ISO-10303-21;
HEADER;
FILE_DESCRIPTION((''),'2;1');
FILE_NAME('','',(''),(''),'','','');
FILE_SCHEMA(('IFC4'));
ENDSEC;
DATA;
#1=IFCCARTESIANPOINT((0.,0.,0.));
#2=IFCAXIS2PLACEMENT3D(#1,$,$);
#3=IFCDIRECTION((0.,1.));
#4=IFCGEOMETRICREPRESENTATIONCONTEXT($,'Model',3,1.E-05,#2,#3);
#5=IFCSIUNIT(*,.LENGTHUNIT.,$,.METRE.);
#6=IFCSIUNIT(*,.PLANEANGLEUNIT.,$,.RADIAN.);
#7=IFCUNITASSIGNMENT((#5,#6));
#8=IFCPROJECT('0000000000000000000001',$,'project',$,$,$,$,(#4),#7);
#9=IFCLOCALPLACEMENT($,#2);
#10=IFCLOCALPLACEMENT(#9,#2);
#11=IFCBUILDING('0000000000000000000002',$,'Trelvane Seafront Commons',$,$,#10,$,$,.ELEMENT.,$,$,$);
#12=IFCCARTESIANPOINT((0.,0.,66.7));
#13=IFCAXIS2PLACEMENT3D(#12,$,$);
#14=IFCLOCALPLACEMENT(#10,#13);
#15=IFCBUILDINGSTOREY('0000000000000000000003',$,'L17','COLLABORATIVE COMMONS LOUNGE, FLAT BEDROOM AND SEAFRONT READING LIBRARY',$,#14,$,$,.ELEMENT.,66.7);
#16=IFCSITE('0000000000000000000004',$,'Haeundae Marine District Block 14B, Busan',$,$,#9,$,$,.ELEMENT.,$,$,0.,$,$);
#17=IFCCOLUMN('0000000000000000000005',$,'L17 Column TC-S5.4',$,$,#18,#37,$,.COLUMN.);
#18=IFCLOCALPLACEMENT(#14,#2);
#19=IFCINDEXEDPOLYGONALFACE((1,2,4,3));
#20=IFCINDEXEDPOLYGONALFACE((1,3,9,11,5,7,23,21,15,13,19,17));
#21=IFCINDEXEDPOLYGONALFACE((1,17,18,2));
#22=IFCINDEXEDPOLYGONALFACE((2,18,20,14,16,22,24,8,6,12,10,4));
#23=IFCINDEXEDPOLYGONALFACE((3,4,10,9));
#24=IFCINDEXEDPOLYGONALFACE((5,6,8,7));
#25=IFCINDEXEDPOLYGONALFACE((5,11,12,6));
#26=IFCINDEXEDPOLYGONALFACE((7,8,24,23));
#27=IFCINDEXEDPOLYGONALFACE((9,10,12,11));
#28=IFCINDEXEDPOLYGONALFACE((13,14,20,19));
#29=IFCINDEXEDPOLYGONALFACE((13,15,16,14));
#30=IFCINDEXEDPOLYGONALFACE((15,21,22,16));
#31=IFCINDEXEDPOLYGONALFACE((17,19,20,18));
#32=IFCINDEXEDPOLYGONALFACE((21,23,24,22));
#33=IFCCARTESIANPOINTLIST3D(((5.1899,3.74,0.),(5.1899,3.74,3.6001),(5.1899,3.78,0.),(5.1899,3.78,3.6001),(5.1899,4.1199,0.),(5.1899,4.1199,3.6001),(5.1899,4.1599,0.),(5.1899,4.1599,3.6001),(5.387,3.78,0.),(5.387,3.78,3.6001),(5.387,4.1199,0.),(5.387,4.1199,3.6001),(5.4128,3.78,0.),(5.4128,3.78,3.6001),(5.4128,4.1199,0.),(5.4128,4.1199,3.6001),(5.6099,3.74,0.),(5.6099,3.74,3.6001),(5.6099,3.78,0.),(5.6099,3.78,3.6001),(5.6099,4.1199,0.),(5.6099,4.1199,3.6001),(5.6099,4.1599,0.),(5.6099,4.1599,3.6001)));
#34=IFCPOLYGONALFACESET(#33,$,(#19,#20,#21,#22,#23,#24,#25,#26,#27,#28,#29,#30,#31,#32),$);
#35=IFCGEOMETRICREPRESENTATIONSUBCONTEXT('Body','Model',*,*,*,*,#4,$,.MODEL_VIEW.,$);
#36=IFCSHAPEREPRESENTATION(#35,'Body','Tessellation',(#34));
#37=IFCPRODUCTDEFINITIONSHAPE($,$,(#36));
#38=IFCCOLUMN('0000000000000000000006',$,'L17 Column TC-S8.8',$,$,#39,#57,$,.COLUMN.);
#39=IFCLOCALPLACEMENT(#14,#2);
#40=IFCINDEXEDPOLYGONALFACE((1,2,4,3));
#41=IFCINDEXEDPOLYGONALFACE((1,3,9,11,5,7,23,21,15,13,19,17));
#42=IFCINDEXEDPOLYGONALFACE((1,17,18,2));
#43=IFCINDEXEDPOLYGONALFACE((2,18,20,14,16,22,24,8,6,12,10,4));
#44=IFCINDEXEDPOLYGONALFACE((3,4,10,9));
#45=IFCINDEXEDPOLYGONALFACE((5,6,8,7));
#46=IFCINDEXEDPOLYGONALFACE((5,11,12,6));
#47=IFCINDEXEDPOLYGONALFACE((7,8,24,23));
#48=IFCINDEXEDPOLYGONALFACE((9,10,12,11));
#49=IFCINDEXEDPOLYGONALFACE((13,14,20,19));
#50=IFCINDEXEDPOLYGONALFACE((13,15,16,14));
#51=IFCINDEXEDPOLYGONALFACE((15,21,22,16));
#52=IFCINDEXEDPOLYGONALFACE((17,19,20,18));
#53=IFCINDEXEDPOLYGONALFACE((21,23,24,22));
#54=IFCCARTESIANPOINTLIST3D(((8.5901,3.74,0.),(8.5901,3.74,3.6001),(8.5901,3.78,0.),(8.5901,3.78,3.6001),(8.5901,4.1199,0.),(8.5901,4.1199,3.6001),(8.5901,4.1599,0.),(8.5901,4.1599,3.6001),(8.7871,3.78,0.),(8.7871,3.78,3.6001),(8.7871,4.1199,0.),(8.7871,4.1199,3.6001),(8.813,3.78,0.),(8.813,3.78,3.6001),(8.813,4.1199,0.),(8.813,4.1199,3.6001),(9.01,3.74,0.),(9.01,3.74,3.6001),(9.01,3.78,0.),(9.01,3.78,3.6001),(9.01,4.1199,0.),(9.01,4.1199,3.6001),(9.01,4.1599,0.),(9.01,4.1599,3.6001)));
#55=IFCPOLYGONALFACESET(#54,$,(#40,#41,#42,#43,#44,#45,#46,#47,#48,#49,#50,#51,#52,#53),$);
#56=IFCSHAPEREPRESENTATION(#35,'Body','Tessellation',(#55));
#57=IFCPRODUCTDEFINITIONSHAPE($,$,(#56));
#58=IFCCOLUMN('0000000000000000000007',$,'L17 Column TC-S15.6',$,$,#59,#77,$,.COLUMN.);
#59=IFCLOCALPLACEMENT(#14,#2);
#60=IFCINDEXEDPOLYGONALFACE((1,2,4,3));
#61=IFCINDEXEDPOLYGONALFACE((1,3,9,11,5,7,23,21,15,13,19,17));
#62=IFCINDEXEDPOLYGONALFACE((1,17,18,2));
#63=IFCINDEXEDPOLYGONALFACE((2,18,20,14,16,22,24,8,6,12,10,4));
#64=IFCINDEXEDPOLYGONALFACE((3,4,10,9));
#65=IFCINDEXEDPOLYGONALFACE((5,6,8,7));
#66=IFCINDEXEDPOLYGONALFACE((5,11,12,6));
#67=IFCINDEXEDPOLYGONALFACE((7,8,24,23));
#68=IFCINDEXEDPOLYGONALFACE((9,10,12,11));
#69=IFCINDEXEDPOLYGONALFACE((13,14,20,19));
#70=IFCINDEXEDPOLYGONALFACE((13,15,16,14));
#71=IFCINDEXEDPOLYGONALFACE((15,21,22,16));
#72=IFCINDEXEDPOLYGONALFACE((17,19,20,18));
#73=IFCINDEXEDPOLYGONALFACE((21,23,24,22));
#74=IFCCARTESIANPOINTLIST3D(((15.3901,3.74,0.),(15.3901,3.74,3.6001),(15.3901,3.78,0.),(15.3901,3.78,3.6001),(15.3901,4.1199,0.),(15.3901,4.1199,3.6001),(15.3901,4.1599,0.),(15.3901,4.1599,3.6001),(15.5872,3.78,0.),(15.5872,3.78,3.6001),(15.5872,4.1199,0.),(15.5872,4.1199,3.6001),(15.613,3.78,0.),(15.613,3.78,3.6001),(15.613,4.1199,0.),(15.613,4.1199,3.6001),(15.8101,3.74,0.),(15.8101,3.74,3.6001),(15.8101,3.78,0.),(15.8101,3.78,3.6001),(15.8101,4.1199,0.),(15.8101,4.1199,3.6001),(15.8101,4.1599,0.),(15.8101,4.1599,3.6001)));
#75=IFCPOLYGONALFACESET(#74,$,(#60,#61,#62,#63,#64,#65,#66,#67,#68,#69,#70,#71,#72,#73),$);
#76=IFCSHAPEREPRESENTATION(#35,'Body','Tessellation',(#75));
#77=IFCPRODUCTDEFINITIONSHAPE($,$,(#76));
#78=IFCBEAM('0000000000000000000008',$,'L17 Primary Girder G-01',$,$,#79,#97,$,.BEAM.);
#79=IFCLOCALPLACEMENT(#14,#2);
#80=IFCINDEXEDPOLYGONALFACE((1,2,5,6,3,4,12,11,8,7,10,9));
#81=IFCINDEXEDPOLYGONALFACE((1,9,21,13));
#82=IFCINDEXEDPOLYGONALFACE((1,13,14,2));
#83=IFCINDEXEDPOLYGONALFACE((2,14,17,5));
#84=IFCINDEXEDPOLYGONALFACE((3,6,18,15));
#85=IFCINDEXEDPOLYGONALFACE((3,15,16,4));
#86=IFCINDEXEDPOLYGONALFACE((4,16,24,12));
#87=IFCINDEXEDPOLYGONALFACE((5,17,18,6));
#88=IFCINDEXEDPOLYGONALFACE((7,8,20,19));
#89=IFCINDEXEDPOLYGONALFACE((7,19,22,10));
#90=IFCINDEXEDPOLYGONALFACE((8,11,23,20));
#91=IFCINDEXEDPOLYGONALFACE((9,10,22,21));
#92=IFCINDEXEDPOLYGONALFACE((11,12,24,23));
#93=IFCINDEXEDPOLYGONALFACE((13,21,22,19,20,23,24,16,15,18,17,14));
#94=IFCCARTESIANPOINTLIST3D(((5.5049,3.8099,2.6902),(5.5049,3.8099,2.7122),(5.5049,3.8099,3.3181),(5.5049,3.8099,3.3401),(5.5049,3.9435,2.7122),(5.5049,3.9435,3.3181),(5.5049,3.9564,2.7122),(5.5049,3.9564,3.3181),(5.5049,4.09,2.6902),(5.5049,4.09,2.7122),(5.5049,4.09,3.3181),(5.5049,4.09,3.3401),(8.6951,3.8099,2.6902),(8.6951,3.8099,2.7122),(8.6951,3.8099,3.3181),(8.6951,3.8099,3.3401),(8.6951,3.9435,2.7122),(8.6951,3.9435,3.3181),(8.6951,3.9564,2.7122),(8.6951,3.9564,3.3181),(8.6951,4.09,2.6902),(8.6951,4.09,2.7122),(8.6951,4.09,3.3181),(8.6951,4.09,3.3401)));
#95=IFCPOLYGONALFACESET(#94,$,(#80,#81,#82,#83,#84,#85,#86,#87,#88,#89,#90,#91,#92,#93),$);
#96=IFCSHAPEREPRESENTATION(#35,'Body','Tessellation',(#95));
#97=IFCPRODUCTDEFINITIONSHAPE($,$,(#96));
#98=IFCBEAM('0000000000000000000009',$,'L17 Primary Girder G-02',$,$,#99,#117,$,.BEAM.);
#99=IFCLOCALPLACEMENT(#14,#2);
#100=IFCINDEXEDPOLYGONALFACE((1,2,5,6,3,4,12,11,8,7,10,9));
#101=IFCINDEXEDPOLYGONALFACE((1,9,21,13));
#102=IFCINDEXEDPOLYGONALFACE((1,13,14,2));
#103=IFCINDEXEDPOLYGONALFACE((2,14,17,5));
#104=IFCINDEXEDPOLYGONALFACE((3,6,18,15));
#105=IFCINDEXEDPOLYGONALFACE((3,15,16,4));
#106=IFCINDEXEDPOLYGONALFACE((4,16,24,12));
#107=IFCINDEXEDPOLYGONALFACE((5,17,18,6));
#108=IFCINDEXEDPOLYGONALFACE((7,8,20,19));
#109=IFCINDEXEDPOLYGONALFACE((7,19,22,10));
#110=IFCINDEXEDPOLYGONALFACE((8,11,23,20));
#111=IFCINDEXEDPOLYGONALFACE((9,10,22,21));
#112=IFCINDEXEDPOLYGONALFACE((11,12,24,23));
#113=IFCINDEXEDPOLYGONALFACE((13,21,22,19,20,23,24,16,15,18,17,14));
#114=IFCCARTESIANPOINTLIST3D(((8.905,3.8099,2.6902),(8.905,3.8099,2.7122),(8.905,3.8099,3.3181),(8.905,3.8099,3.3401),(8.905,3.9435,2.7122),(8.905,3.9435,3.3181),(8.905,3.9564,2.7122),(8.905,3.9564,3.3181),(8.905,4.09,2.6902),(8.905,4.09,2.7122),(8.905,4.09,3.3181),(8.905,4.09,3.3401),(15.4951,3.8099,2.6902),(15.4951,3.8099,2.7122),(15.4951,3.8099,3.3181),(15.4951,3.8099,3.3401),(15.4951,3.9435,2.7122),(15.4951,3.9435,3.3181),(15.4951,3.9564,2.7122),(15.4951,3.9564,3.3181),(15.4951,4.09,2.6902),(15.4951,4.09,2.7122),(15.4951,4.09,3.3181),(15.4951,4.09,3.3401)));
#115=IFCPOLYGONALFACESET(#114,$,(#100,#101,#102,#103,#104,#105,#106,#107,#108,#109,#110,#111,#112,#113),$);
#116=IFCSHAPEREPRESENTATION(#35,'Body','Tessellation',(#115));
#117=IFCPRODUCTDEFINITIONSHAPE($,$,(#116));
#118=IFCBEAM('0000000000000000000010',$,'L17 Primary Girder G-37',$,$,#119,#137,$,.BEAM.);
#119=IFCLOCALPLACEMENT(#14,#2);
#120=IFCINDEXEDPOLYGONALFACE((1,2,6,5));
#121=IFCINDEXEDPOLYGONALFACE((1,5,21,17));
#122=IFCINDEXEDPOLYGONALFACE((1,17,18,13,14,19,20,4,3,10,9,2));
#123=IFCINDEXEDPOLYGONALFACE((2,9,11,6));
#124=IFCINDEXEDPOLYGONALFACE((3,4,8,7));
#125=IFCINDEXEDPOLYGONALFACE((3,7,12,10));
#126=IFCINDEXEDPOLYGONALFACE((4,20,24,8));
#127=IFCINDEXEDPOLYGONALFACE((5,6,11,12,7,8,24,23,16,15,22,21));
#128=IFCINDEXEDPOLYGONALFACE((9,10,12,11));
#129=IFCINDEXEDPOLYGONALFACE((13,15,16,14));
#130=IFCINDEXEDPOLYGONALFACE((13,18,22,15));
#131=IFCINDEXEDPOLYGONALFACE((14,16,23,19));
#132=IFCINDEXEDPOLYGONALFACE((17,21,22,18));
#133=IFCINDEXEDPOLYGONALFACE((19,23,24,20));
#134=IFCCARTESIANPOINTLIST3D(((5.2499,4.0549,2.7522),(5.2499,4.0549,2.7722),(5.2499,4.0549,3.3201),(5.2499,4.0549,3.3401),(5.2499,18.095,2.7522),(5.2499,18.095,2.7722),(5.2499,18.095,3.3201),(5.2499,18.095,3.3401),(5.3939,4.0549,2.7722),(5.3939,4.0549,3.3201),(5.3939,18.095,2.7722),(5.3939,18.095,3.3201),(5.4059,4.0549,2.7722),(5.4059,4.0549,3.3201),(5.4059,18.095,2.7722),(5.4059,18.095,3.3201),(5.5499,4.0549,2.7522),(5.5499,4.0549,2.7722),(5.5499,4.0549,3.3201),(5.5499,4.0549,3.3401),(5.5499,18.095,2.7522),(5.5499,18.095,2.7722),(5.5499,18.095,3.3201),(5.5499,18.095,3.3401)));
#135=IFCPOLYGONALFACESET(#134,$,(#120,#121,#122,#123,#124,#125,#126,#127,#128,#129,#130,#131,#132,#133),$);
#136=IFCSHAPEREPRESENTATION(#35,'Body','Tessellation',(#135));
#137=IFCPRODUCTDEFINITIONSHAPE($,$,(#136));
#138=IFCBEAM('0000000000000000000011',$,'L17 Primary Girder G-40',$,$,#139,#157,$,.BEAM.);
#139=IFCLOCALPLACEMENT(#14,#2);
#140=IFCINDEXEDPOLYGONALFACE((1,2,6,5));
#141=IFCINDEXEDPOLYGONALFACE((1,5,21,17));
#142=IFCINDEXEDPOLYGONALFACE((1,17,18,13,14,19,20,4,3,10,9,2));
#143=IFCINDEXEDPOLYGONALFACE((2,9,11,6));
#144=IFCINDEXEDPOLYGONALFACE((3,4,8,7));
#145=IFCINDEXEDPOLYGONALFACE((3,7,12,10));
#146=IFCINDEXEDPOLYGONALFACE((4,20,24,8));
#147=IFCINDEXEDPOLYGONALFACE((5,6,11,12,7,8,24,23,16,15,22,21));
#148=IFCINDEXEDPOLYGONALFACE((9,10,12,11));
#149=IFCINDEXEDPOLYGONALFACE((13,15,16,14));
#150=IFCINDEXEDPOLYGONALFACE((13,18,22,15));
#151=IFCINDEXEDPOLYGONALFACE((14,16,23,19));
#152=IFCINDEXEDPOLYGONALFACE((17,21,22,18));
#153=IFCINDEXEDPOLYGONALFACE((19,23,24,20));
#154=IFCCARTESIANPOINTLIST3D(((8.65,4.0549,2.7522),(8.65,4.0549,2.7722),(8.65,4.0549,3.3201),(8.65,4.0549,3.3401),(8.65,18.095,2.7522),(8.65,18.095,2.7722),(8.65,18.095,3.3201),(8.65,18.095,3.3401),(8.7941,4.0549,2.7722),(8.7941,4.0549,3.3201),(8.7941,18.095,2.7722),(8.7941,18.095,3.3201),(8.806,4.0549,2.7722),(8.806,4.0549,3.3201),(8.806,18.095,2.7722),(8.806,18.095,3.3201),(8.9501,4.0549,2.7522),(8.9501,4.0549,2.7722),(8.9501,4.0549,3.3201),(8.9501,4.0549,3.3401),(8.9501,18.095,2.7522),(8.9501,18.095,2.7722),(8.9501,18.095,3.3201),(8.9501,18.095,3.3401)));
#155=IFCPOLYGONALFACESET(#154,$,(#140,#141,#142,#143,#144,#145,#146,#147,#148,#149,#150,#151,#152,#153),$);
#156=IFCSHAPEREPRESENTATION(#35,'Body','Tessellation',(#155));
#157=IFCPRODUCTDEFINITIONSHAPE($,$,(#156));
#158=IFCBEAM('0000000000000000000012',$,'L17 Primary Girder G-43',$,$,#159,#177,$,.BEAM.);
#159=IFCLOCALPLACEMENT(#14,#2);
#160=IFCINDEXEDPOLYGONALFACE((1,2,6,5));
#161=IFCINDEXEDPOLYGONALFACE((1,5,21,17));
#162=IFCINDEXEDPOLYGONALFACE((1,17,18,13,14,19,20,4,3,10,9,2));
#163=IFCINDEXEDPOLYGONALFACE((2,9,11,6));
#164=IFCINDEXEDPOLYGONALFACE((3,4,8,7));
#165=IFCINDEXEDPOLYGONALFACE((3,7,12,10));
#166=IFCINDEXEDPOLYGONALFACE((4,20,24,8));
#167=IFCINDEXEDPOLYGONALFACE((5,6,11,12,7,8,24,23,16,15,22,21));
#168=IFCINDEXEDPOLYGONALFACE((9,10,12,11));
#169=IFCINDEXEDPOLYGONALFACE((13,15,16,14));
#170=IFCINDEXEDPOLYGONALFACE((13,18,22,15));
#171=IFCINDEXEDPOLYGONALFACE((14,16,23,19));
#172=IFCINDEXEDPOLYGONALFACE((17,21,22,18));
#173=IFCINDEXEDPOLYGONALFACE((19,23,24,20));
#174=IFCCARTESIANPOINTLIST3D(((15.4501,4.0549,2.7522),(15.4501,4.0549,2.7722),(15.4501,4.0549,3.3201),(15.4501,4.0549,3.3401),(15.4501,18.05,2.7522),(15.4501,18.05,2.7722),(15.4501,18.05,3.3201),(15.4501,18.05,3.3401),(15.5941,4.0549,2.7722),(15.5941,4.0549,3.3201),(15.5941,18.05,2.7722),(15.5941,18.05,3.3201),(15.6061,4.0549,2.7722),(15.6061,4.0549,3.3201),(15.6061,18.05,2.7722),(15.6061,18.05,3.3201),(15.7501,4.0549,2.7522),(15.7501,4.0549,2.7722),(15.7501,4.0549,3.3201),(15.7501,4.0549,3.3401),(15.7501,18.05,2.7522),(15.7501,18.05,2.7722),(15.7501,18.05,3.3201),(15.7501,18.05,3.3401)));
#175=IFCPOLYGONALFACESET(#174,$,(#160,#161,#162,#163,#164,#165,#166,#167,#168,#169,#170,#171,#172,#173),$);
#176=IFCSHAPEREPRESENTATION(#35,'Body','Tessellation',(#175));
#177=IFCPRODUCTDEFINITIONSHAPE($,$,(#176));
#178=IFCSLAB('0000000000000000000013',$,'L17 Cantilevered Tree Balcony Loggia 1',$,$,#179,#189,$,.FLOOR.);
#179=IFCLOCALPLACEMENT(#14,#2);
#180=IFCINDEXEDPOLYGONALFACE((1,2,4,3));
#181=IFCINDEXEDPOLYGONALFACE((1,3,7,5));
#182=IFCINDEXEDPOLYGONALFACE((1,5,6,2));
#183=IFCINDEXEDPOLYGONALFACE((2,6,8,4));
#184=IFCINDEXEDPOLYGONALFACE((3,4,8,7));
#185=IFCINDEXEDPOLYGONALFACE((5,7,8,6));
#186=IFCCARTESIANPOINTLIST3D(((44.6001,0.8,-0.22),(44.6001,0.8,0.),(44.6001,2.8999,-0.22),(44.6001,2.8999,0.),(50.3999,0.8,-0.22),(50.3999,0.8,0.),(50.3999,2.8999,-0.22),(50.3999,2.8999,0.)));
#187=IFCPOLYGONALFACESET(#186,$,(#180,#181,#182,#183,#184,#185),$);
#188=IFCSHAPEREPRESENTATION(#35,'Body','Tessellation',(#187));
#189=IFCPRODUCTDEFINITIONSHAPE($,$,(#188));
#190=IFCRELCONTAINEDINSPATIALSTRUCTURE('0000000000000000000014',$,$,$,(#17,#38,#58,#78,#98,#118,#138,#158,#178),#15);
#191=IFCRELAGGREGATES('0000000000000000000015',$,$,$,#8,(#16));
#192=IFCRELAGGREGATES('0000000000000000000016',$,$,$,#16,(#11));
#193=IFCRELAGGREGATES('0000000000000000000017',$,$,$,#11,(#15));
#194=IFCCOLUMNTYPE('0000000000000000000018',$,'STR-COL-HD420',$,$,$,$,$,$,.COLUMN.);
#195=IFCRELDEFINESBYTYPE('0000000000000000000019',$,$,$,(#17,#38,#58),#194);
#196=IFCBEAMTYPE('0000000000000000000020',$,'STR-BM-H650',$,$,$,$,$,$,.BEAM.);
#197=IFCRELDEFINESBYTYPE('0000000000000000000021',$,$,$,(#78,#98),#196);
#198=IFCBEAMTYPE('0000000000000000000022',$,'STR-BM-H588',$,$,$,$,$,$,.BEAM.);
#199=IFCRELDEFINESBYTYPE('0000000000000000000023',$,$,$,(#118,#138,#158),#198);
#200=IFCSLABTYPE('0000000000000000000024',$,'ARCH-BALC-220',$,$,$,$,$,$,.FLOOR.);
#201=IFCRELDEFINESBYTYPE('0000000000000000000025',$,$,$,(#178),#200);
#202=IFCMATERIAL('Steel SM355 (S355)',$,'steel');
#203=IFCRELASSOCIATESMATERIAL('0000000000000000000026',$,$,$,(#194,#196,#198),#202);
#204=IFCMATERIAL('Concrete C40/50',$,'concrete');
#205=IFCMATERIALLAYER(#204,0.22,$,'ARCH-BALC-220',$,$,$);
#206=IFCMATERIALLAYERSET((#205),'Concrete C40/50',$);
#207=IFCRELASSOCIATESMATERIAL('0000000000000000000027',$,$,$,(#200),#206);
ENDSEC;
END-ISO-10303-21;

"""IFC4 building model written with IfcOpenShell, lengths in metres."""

from ifc_helpers import new_model, si_unit, direction, frame, origin, origin_2d, place, context, subcontext, project, spatial, polyline, i_section, outline, extrude, source, transform, mapped, material, layer, layer_set, material_profile, profile_set, type_object, element, save


model = new_model("IFC4")

# Units and contexts
model_context = context("Model", 3, precision=1e-05, world=origin(), true_north=direction((0.0, 1.0)))
body_context = subcontext(model_context, "Body", "Model", "MODEL_VIEW")
ifc_project = project(units=[si_unit("LENGTHUNIT", "METRE"), si_unit("PLANEANGLEUNIT", "RADIAN")], contexts=[model_context])

# Site, building, storey
site_placement = place(None, origin())
site = spatial("IfcSite", under=ifc_project, at=site_placement, Name="Haeundae Marine District Block 14B, Busan", CompositionType="ELEMENT", RefElevation=0.0)
building_placement = place(site_placement, origin())
building = spatial("IfcBuilding", under=site, at=building_placement, Name="Trelvane Seafront Commons", CompositionType="ELEMENT")
storey_placement = place(building_placement, frame((0.0, 0.0, 66.7)))
storey = spatial("IfcBuildingStorey", under=building, at=storey_placement, Name="L17", Description="COLLABORATIVE COMMONS LOUNGE, FLAT BEDROOM AND SEAFRONT READING LIBRARY", CompositionType="ELEMENT", Elevation=66.7)

# Columns
ifc_material_1 = material(Name="Steel SM355 (S355)", Category="steel")
ifc_material_profile_1 = material_profile(ifc_material_1, i_section(OverallWidth=0.4199, OverallDepth=0.4199, WebThickness=0.0259, FlangeThickness=0.04, at=origin_2d()), Name="HD-420x420x26x40")
ifc_profile_set_1 = profile_set([ifc_material_profile_1], Name="Steel SM355 (S355)")
column_type = type_object("IfcColumnType", Name="STR-COL-HD420", PredefinedType="COLUMN", material=ifc_profile_set_1)
shared_shape_1 = source(origin(), body_context, "Body", "SweptSolid", [
    extrude(i_section(OverallWidth=0.4199, OverallDepth=0.4199, WebThickness=0.0259, FlangeThickness=0.04, at=origin_2d()), origin(), (0.0, 0.0, 1.0), 3.6001),
])
for number, where, z_axis, x_axis, name in (
    (1, (5.3999, 3.95, 0.0), (0.0, 0.0, 1.0), (1.0, 0.0, 0.0), "L17 Column TC-S5.4"),
    (2, (8.8, 3.95, 0.0), (0.0, 0.0, 1.0), (1.0, 0.0, 0.0), "L17 Column TC-S8.8"),
    (3, (15.6001, 3.95, 0.0), (0.0, 0.0, 1.0), (1.0, 0.0, 0.0), "L17 Column TC-S15.6"),
):
    element("IfcColumn", number, at=place(storey_placement, frame(where, z_axis=z_axis, x_axis=x_axis)), inside=storey, type_object=column_type, Name=name, PredefinedType="COLUMN", context=body_context, shape_type="MappedRepresentation", body=[
        mapped(shared_shape_1, transform((0.0, 0.0, 0.0), x_axis=(1.0, 0.0, 0.0), y_axis=(0.0, 1.0, 0.0), z_axis=(0.0, 0.0, 1.0), scale=1.0)),
    ])

# Beams
ifc_material_profile_2 = material_profile(ifc_material_1, i_section(OverallWidth=0.28, OverallDepth=0.6499, WebThickness=0.0129, FlangeThickness=0.022, at=origin_2d()), Name="H-650x280x13x22")
ifc_profile_set_2 = profile_set([ifc_material_profile_2], Name="Steel SM355 (S355)")
beam_type_1 = type_object("IfcBeamType", Name="STR-BM-H650", PredefinedType="BEAM", material=ifc_profile_set_2)
shared_shape_2 = source(origin(), body_context, "Body", "SweptSolid", [
    extrude(i_section(OverallWidth=0.28, OverallDepth=0.6499, WebThickness=0.0129, FlangeThickness=0.022, at=origin_2d()), origin(), (0.0, 0.0, 1.0), 3.1902),
])
beam_1_placement = place(storey_placement, frame((5.5049, 3.95, 3.0151), z_axis=(1.0, 0.0, 0.0), x_axis=(0.0, 1.0, 0.0)))
element("IfcBeam", 4, at=beam_1_placement, inside=storey, type_object=beam_type_1, Name="L17 Primary Girder G-01", PredefinedType="BEAM", context=body_context, shape_type="MappedRepresentation", body=[
    mapped(shared_shape_2, transform((0.0, 0.0, 0.0), x_axis=(1.0, 0.0, 0.0), y_axis=(0.0, 1.0, 0.0), z_axis=(0.0, 0.0, 1.0), scale=1.0)),
])
shared_shape_3 = source(origin(), body_context, "Body", "SweptSolid", [
    extrude(i_section(OverallWidth=0.28, OverallDepth=0.6499, WebThickness=0.0129, FlangeThickness=0.022, at=origin_2d()), origin(), (0.0, 0.0, 1.0), 6.5901),
])
beam_2_placement = place(storey_placement, frame((8.905, 3.95, 3.0151), z_axis=(1.0, 0.0, 0.0), x_axis=(0.0, 1.0, 0.0)))
element("IfcBeam", 5, at=beam_2_placement, inside=storey, type_object=beam_type_1, Name="L17 Primary Girder G-02", PredefinedType="BEAM", context=body_context, shape_type="MappedRepresentation", body=[
    mapped(shared_shape_3, transform((0.0, 0.0, 0.0), x_axis=(1.0, 0.0, 0.0), y_axis=(0.0, 1.0, 0.0), z_axis=(0.0, 0.0, 1.0), scale=1.0)),
])
ifc_material_profile_3 = material_profile(ifc_material_1, i_section(OverallWidth=0.3, OverallDepth=0.5879, WebThickness=0.012, FlangeThickness=0.02, at=origin_2d()), Name="H-588x300x12x20")
ifc_profile_set_3 = profile_set([ifc_material_profile_3], Name="Steel SM355 (S355)")
beam_type_2 = type_object("IfcBeamType", Name="STR-BM-H588", PredefinedType="BEAM", material=ifc_profile_set_3)
shared_shape_4 = source(origin(), body_context, "Body", "SweptSolid", [
    extrude(i_section(OverallWidth=0.3, OverallDepth=0.5879, WebThickness=0.012, FlangeThickness=0.02, at=origin_2d()), origin(), (0.0, 0.0, 1.0), 14.04),
])
for number, where, z_axis, x_axis, name in (
    (6, (5.3999, 4.0549, 3.0461), (0.0, 1.0, 0.0), (-1.0, 0.0, 0.0), "L17 Primary Girder G-37"),
    (7, (8.8, 4.0549, 3.0461), (0.0, 1.0, 0.0), (-1.0, 0.0, 0.0), "L17 Primary Girder G-40"),
):
    element("IfcBeam", number, at=place(storey_placement, frame(where, z_axis=z_axis, x_axis=x_axis)), inside=storey, type_object=beam_type_2, Name=name, PredefinedType="BEAM", context=body_context, shape_type="MappedRepresentation", body=[
        mapped(shared_shape_4, transform((0.0, 0.0, 0.0), x_axis=(1.0, 0.0, 0.0), y_axis=(0.0, 1.0, 0.0), z_axis=(0.0, 0.0, 1.0), scale=1.0)),
    ])
shared_shape_5 = source(origin(), body_context, "Body", "SweptSolid", [
    extrude(i_section(OverallWidth=0.3, OverallDepth=0.5879, WebThickness=0.012, FlangeThickness=0.02, at=origin_2d()), origin(), (0.0, 0.0, 1.0), 13.9951),
])
beam_3_placement = place(storey_placement, frame((15.6001, 4.0549, 3.0461), z_axis=(0.0, 1.0, 0.0), x_axis=(-1.0, 0.0, 0.0)))
element("IfcBeam", 8, at=beam_3_placement, inside=storey, type_object=beam_type_2, Name="L17 Primary Girder G-43", PredefinedType="BEAM", context=body_context, shape_type="MappedRepresentation", body=[
    mapped(shared_shape_5, transform((0.0, 0.0, 0.0), x_axis=(1.0, 0.0, 0.0), y_axis=(0.0, 1.0, 0.0), z_axis=(0.0, 0.0, 1.0), scale=1.0)),
])

# Slab
ifc_material_2 = material(Name="Concrete C40/50", Category="concrete")
ifc_layer_1 = layer(ifc_material_2, 0.22, Name="ARCH-BALC-220")
ifc_layer_set_1 = layer_set([ifc_layer_1], Name="Concrete C40/50")
slab_type_1 = type_object("IfcSlabType", Name="ARCH-BALC-220", PredefinedType="FLOOR", material=ifc_layer_set_1)
slab_1_placement = place(storey_placement, frame((0.0, 0.0, -0.22)))
element("IfcSlab", 9, at=slab_1_placement, inside=storey, type_object=slab_type_1, Name="L17 Cantilevered Tree Balcony Loggia 1", PredefinedType="FLOOR", context=body_context, shape_type="SweptSolid", body=[
    extrude(outline(polyline([(44.6001, 0.8), (50.3999, 0.8), (50.3999, 2.8999), (44.6001, 2.8999), (44.6001, 0.8)])), origin(), (0.0, 0.0, 1.0), 0.22),
])

save(model, "model.ifc")
